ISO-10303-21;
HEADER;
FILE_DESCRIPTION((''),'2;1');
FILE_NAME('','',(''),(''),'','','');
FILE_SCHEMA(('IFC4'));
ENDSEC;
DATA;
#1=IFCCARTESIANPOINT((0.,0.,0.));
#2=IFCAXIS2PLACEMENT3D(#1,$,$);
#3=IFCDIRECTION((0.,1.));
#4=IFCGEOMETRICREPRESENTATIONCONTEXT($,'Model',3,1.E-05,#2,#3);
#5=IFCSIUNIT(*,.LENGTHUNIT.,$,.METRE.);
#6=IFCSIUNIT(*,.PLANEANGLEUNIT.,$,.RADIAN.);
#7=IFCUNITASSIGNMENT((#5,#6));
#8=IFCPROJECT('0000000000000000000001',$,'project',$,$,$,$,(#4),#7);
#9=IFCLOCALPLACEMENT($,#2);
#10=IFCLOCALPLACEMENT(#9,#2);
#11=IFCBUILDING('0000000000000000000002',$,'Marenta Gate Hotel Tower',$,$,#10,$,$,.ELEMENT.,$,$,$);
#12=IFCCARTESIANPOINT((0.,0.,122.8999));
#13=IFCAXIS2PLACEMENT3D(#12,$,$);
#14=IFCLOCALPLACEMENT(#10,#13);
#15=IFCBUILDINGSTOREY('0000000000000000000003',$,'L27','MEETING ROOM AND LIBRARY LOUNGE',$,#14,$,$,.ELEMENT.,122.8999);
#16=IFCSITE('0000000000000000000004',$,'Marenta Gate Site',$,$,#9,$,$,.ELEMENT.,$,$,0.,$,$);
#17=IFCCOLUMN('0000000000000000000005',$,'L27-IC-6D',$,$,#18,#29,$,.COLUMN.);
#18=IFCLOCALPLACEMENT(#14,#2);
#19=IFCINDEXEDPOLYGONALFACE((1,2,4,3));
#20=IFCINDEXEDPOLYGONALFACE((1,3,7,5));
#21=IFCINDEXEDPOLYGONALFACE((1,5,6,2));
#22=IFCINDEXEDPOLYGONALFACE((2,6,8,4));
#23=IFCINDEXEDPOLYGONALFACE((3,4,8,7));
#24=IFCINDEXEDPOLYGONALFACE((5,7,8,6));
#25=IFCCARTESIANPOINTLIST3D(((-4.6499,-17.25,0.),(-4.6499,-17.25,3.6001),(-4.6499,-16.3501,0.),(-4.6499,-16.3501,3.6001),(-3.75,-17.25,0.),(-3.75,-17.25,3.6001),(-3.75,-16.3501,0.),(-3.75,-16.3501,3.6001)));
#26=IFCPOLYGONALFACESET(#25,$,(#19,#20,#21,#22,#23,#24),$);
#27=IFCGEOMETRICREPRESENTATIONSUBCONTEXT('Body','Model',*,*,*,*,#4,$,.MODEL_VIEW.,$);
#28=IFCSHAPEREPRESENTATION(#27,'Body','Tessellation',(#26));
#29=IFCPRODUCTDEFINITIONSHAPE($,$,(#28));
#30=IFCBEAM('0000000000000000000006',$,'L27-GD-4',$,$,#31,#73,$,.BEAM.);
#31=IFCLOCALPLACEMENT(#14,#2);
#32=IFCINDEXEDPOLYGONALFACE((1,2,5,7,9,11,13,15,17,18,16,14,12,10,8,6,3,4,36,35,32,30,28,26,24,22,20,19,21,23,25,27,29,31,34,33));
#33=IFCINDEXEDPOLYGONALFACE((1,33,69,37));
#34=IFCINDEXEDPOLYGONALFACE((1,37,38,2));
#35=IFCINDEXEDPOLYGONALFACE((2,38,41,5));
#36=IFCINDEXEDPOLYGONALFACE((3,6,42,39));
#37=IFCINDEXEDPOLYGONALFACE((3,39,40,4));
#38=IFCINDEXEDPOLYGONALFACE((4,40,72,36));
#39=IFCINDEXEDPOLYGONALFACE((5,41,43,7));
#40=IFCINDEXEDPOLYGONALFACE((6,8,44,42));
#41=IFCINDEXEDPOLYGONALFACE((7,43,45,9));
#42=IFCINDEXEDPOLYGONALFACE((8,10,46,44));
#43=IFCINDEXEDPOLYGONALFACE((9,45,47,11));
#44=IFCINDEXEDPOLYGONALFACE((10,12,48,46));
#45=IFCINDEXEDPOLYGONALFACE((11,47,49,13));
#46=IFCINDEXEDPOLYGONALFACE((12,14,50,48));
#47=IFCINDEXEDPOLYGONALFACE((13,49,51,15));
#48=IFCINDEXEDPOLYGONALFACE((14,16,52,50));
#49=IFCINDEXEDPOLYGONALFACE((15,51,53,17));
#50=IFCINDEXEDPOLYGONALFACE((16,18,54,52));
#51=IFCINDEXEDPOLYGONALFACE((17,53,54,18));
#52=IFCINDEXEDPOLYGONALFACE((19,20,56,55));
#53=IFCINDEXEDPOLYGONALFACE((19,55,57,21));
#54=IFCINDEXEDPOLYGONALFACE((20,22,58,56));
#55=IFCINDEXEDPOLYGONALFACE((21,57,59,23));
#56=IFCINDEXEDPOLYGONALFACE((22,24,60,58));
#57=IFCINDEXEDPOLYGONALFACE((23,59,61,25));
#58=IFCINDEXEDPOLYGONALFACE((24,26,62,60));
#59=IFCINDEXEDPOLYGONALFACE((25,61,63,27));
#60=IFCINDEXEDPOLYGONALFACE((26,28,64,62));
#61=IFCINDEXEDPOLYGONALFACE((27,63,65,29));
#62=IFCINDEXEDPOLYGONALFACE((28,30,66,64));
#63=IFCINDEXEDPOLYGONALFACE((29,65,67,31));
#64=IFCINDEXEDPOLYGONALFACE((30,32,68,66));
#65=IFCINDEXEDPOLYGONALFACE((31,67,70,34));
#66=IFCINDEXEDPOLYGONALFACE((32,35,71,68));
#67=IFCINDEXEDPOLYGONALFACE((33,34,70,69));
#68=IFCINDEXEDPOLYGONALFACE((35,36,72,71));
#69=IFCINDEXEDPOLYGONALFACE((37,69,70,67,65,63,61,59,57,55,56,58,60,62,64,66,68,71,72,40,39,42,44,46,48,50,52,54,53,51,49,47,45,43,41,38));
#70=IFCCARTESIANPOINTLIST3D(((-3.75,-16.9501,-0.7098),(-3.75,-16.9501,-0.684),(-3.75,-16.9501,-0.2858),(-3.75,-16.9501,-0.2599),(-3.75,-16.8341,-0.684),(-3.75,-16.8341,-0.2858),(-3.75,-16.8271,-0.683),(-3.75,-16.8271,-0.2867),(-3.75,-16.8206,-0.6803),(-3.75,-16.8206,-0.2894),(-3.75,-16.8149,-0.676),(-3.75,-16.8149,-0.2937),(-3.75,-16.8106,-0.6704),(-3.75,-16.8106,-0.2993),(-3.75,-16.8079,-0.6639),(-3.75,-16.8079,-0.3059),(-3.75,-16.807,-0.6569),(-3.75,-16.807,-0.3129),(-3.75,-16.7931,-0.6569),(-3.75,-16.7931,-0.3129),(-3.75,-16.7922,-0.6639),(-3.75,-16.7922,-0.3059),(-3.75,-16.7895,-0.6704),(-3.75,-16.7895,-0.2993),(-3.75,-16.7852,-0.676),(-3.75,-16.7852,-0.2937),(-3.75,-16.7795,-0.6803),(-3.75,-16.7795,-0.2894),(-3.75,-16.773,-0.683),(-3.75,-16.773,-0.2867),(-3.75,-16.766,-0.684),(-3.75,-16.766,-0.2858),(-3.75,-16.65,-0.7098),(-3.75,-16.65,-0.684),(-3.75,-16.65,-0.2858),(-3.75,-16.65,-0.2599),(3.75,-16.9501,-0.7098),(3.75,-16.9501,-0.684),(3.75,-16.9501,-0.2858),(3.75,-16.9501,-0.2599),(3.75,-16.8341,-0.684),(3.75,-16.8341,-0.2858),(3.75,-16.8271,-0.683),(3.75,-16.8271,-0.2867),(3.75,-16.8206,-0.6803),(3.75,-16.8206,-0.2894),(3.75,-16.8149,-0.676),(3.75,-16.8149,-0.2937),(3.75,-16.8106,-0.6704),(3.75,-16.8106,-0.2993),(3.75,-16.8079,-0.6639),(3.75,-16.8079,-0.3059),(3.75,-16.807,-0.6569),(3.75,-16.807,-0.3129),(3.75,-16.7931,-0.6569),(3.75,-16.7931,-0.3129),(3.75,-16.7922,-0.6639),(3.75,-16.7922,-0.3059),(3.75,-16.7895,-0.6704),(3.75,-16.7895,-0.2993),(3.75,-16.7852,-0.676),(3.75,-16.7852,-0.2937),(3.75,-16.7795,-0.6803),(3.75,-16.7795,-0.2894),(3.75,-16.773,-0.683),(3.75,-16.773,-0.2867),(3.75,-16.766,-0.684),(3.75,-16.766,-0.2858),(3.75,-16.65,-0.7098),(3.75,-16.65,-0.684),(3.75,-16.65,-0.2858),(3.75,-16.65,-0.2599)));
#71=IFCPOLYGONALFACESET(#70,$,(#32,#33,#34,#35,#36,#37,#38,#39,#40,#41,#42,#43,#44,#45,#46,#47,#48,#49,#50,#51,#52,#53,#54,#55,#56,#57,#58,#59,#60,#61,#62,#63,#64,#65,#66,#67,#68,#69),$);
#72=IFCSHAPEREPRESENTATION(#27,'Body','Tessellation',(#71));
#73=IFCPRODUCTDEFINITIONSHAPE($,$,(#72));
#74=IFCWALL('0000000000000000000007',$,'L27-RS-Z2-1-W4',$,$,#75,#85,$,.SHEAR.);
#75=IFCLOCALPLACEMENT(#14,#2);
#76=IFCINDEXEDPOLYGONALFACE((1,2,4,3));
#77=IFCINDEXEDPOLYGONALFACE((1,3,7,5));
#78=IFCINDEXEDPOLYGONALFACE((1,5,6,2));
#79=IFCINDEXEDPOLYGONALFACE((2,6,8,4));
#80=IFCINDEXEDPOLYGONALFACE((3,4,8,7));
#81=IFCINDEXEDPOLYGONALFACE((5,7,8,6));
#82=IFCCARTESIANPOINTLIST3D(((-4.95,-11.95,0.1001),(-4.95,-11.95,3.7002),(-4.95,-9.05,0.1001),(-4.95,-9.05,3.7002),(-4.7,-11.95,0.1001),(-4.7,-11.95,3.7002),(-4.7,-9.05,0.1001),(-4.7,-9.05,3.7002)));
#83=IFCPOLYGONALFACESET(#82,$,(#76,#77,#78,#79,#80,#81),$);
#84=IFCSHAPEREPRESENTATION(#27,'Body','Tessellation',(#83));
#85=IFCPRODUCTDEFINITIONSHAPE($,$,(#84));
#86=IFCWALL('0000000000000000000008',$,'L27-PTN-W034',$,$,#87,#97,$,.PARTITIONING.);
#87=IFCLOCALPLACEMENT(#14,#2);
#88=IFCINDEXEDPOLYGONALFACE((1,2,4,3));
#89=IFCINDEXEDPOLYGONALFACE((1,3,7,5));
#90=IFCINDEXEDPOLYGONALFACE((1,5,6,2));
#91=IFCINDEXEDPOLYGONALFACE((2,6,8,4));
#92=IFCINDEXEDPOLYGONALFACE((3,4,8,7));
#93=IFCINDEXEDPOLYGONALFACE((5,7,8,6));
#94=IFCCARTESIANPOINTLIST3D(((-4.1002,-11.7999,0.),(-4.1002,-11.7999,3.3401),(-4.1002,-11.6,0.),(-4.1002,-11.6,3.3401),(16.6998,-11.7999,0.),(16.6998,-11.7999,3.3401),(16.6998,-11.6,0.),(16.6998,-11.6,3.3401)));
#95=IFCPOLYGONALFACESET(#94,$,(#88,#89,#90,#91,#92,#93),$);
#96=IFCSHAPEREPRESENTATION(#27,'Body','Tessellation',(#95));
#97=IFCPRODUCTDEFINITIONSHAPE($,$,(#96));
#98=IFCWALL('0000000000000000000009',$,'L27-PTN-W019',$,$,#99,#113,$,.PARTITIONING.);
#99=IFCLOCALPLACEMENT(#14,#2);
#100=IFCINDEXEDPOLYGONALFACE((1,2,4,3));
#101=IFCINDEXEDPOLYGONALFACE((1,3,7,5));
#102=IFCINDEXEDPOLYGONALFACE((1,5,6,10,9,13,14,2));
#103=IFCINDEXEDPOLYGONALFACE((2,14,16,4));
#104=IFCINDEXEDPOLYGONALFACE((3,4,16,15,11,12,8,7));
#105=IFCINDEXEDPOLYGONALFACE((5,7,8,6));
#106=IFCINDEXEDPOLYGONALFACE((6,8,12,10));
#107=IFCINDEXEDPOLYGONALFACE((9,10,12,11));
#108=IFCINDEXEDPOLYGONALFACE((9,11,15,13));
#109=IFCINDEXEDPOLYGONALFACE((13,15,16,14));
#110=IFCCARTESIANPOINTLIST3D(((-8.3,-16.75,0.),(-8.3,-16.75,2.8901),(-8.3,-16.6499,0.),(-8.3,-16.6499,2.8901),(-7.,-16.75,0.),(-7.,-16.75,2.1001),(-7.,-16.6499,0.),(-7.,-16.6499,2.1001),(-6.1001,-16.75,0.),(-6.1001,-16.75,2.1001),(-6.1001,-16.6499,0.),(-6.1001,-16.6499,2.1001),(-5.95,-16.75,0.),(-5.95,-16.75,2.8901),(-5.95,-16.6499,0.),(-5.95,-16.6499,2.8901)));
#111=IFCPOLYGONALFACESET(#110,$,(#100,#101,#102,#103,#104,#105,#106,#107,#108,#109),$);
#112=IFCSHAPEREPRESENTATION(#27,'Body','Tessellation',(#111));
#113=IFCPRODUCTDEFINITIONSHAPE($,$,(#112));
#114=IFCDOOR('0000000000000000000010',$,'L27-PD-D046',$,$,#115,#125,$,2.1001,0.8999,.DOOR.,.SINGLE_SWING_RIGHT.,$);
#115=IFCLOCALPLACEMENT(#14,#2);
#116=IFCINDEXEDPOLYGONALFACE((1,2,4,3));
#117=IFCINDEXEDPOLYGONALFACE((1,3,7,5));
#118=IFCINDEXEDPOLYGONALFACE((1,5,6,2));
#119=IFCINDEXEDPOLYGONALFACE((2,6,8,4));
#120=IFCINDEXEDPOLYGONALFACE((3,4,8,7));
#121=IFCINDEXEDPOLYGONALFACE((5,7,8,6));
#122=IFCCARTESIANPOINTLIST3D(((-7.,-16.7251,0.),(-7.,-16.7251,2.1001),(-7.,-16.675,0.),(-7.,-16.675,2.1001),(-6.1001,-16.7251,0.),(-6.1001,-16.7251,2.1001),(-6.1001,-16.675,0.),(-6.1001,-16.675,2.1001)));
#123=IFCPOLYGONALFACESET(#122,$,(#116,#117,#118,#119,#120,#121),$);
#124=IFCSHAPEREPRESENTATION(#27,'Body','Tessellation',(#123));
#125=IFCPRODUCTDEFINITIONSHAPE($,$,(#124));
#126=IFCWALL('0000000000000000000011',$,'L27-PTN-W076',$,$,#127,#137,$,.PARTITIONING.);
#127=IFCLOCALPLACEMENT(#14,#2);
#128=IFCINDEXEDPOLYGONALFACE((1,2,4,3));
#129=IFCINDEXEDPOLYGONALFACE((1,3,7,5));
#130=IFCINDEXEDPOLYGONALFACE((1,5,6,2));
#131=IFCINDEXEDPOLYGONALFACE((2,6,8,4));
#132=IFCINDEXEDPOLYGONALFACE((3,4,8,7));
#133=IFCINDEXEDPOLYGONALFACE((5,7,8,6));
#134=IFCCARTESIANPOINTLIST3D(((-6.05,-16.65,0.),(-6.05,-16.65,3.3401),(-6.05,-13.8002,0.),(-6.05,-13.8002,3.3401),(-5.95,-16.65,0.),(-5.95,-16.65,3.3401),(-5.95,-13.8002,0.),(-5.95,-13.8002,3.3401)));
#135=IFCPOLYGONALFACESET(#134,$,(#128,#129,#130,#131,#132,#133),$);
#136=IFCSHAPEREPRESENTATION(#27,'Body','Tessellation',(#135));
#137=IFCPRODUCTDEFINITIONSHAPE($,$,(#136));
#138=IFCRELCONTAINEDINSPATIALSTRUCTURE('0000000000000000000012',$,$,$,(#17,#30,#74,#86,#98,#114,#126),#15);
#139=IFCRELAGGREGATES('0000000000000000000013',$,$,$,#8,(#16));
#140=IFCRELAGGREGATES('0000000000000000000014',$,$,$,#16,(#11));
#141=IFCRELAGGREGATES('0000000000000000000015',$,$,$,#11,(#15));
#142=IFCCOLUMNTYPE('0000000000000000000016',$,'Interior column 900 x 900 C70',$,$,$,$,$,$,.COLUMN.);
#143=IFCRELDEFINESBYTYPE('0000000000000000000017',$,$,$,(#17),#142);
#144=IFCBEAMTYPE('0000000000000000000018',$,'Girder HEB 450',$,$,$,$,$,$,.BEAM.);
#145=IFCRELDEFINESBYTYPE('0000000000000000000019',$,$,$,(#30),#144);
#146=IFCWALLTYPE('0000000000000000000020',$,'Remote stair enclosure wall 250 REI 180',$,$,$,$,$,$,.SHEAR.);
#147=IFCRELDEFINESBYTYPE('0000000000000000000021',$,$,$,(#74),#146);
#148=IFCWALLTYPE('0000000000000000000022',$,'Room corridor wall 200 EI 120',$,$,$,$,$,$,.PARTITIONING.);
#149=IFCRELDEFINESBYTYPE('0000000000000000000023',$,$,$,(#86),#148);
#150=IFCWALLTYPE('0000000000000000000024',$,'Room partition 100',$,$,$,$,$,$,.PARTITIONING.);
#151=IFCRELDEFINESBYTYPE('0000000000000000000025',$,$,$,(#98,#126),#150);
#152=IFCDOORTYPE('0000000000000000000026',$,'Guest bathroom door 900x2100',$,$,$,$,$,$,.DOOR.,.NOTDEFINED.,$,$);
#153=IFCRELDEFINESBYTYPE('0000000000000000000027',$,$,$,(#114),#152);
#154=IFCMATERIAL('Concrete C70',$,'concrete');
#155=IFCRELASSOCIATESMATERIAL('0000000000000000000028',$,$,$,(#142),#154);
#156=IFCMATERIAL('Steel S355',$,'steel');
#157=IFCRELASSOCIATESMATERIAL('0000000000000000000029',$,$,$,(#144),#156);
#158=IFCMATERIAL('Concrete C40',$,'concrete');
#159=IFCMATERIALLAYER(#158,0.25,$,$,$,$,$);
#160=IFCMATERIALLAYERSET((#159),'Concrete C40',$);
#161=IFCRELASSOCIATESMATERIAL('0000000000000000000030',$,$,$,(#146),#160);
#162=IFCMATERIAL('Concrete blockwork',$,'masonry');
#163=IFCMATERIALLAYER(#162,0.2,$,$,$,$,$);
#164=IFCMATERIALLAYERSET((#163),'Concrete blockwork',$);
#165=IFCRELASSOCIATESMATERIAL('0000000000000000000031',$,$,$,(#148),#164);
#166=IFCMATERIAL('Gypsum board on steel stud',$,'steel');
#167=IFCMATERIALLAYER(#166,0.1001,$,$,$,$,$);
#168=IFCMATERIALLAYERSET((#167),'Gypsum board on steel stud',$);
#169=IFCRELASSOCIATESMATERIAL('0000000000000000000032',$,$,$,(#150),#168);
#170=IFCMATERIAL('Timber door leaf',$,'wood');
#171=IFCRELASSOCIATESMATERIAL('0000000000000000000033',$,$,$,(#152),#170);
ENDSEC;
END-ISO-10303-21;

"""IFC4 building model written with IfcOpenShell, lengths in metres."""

from ifc_helpers import new_model, si_unit, direction, frame, frame_2d, origin, origin_2d, place, context, subcontext, project, spatial, rectangle, i_section, extrude, material, layer, layer_set, material_profile, profile_set, type_object, element, fill, save


model = new_model("IFC4")

# Units and contexts
model_context = context("Model", 3, precision=1e-05, world=origin(), true_north=direction((0.0, 1.0)))
body_context = subcontext(model_context, "Body", "Model", "MODEL_VIEW")
ifc_project = project(units=[si_unit("LENGTHUNIT", "METRE"), si_unit("PLANEANGLEUNIT", "RADIAN")], contexts=[model_context])

# Site, building, storey
site_placement = place(None, origin())
site = spatial("IfcSite", under=ifc_project, at=site_placement, Name="Marenta Gate Site", CompositionType="ELEMENT", RefElevation=0.0)
building_placement = place(site_placement, origin())
building = spatial("IfcBuilding", under=site, at=building_placement, Name="Marenta Gate Hotel Tower", CompositionType="ELEMENT")
storey_placement = place(building_placement, frame((0.0, 0.0, 122.8999)))
storey = spatial("IfcBuildingStorey", under=building, at=storey_placement, Name="L27", Description="MEETING ROOM AND LIBRARY LOUNGE", CompositionType="ELEMENT", Elevation=122.8999)

# Column
ifc_material_1 = material(Name="Concrete C70", Category="concrete")
ifc_material_profile_1 = material_profile(ifc_material_1, rectangle(XDim=0.8999, YDim=0.8999, at=origin_2d()), Name="900 x 900")
ifc_profile_set_1 = profile_set([ifc_material_profile_1], Name="Concrete C70")
column_type = type_object("IfcColumnType", Name="Interior column 900 x 900 C70", PredefinedType="COLUMN", material=ifc_profile_set_1)
column_placement = place(storey_placement, frame((-4.2, -16.8, 0.0), z_axis=(0.0, 0.0, 1.0), x_axis=(1.0, 0.0, 0.0)))
element("IfcColumn", 1, at=column_placement, inside=storey, type_object=column_type, Name="L27-IC-6D", PredefinedType="COLUMN", context=body_context, shape_type="SweptSolid", body=[
    extrude(rectangle(XDim=0.8999, YDim=0.8999, at=origin_2d()), origin(), (0.0, 0.0, 1.0), 3.6001),
])

# Beam
ifc_material_2 = material(Name="Steel S355", Category="steel")
ifc_material_profile_2 = material_profile(ifc_material_2, i_section(OverallWidth=0.3, OverallDepth=0.45, WebThickness=0.0139, FlangeThickness=0.0259, FilletRadius=0.0271, at=origin_2d()), Name="HEB 450")
ifc_profile_set_2 = profile_set([ifc_material_profile_2], Name="Steel S355")
beam_type = type_object("IfcBeamType", Name="Girder HEB 450", PredefinedType="BEAM", material=ifc_profile_set_2)
beam_placement = place(storey_placement, frame((-3.75, -16.8, -0.4849), z_axis=(1.0, 0.0, 0.0), x_axis=(0.0, 1.0, 0.0)))
element("IfcBeam", 2, at=beam_placement, inside=storey, type_object=beam_type, Name="L27-GD-4", PredefinedType="BEAM", context=body_context, shape_type="SweptSolid", body=[
    extrude(i_section(OverallWidth=0.3, OverallDepth=0.45, WebThickness=0.0139, FlangeThickness=0.0259, FilletRadius=0.0271, at=origin_2d()), origin(), (0.0, 0.0, 1.0), 7.5),
])

# Walls
ifc_material_3 = material(Name="Concrete C40", Category="concrete")
ifc_layer_1 = layer(ifc_material_3, 0.25)
ifc_layer_set_1 = layer_set([ifc_layer_1], Name="Concrete C40")
wall_type_1 = type_object("IfcWallType", Name="Remote stair enclosure wall 250 REI 180", PredefinedType="SHEAR", material=ifc_layer_set_1)
wall_1_placement = place(storey_placement, frame((-4.825, -11.95, 0.1001), z_axis=(0.0, 0.0, 1.0), x_axis=(0.0, 1.0, 0.0)))
element("IfcWall", 3, at=wall_1_placement, inside=storey, type_object=wall_type_1, Name="L27-RS-Z2-1-W4", PredefinedType="SHEAR", context=body_context, shape_type="SweptSolid", body=[
    extrude(rectangle(XDim=2.8999, YDim=0.25, at=frame_2d((1.45, 0.0))), origin(), (0.0, 0.0, 1.0), 3.6001),
])
ifc_material_4 = material(Name="Concrete blockwork", Category="masonry")
ifc_layer_2 = layer(ifc_material_4, 0.2)
ifc_layer_set_2 = layer_set([ifc_layer_2], Name="Concrete blockwork")
wall_type_2 = type_object("IfcWallType", Name="Room corridor wall 200 EI 120", PredefinedType="PARTITIONING", material=ifc_layer_set_2)
wall_2_placement = place(storey_placement, frame((-4.1001, -11.7, 0.0), z_axis=(0.0, 0.0, 1.0), x_axis=(1.0, 0.0, 0.0)))
element("IfcWall", 4, at=wall_2_placement, inside=storey, type_object=wall_type_2, Name="L27-PTN-W034", PredefinedType="PARTITIONING", context=body_context, shape_type="SweptSolid", body=[
    extrude(rectangle(XDim=20.8, YDim=0.2, at=frame_2d((10.3999, 0.0))), origin(), (0.0, 0.0, 1.0), 3.3401),
])

# Wall, opening, door
ifc_material_5 = material(Name="Gypsum board on steel stud", Category="steel")
ifc_layer_3 = layer(ifc_material_5, 0.1001)
ifc_layer_set_3 = layer_set([ifc_layer_3], Name="Gypsum board on steel stud")
wall_type_3 = type_object("IfcWallType", Name="Room partition 100", PredefinedType="PARTITIONING", material=ifc_layer_set_3)
wall_3_placement = place(storey_placement, frame((-8.3, -16.7, 0.0), z_axis=(0.0, 0.0, 1.0), x_axis=(1.0, 0.0, 0.0)))
wall_3 = element("IfcWall", 5, at=wall_3_placement, inside=storey, type_object=wall_type_3, Name="L27-PTN-W019", PredefinedType="PARTITIONING", context=body_context, shape_type="SweptSolid", body=[
    extrude(rectangle(XDim=2.3501, YDim=0.1001, at=frame_2d((1.175, 0.0))), origin(), (0.0, 0.0, 1.0), 2.8901),
])
opening_1_placement = place(wall_3_placement, frame((1.3, 0.0, 0.0)))
opening_1 = element("IfcOpeningElement", 6, at=opening_1_placement, cuts=wall_3, PredefinedType="OPENING", context=body_context, shape_type="SweptSolid", body=[
    extrude(rectangle(XDim=0.8999, YDim=2.1001, at=frame_2d((0.45, 1.05))), frame((0.0, 0.05, 0.0), z_axis=(0.0, -1.0, 0.0), x_axis=(1.0, 0.0, 0.0)), (0.0, 0.0, 1.0), 0.1001),
])
ifc_material_6 = material(Name="Timber door leaf", Category="wood")
door_type_1 = type_object("IfcDoorType", Name="Guest bathroom door 900x2100", OperationType="NOTDEFINED", PredefinedType="DOOR", material=ifc_material_6)
door_1_placement = place(opening_1_placement, origin())
door_1 = element("IfcDoor", 7, at=door_1_placement, inside=storey, type_object=door_type_1, Name="L27-PD-D046", OperationType="SINGLE_SWING_RIGHT", OverallHeight=2.1001, OverallWidth=0.8999, PredefinedType="DOOR", context=body_context, shape_type="SweptSolid", body=[
    extrude(rectangle(XDim=0.8999, YDim=2.1001, at=frame_2d((0.45, 1.05))), frame((0.0, 0.0249, 0.0), z_axis=(0.0, -1.0, 0.0), x_axis=(1.0, 0.0, 0.0)), (0.0, 0.0, 1.0), 0.05),
])
fill(opening_1, door_1)

# Wall
wall_4_placement = place(storey_placement, frame((-6.0, -16.6499, 0.0), z_axis=(0.0, 0.0, 1.0), x_axis=(0.0, 1.0, 0.0)))
element("IfcWall", 8, at=wall_4_placement, inside=storey, type_object=wall_type_3, Name="L27-PTN-W076", PredefinedType="PARTITIONING", context=body_context, shape_type="SweptSolid", body=[
    extrude(rectangle(XDim=2.8499, YDim=0.1001, at=frame_2d((1.4248, 0.0))), origin(), (0.0, 0.0, 1.0), 3.3401),
])

save(model, "model.ifc")
